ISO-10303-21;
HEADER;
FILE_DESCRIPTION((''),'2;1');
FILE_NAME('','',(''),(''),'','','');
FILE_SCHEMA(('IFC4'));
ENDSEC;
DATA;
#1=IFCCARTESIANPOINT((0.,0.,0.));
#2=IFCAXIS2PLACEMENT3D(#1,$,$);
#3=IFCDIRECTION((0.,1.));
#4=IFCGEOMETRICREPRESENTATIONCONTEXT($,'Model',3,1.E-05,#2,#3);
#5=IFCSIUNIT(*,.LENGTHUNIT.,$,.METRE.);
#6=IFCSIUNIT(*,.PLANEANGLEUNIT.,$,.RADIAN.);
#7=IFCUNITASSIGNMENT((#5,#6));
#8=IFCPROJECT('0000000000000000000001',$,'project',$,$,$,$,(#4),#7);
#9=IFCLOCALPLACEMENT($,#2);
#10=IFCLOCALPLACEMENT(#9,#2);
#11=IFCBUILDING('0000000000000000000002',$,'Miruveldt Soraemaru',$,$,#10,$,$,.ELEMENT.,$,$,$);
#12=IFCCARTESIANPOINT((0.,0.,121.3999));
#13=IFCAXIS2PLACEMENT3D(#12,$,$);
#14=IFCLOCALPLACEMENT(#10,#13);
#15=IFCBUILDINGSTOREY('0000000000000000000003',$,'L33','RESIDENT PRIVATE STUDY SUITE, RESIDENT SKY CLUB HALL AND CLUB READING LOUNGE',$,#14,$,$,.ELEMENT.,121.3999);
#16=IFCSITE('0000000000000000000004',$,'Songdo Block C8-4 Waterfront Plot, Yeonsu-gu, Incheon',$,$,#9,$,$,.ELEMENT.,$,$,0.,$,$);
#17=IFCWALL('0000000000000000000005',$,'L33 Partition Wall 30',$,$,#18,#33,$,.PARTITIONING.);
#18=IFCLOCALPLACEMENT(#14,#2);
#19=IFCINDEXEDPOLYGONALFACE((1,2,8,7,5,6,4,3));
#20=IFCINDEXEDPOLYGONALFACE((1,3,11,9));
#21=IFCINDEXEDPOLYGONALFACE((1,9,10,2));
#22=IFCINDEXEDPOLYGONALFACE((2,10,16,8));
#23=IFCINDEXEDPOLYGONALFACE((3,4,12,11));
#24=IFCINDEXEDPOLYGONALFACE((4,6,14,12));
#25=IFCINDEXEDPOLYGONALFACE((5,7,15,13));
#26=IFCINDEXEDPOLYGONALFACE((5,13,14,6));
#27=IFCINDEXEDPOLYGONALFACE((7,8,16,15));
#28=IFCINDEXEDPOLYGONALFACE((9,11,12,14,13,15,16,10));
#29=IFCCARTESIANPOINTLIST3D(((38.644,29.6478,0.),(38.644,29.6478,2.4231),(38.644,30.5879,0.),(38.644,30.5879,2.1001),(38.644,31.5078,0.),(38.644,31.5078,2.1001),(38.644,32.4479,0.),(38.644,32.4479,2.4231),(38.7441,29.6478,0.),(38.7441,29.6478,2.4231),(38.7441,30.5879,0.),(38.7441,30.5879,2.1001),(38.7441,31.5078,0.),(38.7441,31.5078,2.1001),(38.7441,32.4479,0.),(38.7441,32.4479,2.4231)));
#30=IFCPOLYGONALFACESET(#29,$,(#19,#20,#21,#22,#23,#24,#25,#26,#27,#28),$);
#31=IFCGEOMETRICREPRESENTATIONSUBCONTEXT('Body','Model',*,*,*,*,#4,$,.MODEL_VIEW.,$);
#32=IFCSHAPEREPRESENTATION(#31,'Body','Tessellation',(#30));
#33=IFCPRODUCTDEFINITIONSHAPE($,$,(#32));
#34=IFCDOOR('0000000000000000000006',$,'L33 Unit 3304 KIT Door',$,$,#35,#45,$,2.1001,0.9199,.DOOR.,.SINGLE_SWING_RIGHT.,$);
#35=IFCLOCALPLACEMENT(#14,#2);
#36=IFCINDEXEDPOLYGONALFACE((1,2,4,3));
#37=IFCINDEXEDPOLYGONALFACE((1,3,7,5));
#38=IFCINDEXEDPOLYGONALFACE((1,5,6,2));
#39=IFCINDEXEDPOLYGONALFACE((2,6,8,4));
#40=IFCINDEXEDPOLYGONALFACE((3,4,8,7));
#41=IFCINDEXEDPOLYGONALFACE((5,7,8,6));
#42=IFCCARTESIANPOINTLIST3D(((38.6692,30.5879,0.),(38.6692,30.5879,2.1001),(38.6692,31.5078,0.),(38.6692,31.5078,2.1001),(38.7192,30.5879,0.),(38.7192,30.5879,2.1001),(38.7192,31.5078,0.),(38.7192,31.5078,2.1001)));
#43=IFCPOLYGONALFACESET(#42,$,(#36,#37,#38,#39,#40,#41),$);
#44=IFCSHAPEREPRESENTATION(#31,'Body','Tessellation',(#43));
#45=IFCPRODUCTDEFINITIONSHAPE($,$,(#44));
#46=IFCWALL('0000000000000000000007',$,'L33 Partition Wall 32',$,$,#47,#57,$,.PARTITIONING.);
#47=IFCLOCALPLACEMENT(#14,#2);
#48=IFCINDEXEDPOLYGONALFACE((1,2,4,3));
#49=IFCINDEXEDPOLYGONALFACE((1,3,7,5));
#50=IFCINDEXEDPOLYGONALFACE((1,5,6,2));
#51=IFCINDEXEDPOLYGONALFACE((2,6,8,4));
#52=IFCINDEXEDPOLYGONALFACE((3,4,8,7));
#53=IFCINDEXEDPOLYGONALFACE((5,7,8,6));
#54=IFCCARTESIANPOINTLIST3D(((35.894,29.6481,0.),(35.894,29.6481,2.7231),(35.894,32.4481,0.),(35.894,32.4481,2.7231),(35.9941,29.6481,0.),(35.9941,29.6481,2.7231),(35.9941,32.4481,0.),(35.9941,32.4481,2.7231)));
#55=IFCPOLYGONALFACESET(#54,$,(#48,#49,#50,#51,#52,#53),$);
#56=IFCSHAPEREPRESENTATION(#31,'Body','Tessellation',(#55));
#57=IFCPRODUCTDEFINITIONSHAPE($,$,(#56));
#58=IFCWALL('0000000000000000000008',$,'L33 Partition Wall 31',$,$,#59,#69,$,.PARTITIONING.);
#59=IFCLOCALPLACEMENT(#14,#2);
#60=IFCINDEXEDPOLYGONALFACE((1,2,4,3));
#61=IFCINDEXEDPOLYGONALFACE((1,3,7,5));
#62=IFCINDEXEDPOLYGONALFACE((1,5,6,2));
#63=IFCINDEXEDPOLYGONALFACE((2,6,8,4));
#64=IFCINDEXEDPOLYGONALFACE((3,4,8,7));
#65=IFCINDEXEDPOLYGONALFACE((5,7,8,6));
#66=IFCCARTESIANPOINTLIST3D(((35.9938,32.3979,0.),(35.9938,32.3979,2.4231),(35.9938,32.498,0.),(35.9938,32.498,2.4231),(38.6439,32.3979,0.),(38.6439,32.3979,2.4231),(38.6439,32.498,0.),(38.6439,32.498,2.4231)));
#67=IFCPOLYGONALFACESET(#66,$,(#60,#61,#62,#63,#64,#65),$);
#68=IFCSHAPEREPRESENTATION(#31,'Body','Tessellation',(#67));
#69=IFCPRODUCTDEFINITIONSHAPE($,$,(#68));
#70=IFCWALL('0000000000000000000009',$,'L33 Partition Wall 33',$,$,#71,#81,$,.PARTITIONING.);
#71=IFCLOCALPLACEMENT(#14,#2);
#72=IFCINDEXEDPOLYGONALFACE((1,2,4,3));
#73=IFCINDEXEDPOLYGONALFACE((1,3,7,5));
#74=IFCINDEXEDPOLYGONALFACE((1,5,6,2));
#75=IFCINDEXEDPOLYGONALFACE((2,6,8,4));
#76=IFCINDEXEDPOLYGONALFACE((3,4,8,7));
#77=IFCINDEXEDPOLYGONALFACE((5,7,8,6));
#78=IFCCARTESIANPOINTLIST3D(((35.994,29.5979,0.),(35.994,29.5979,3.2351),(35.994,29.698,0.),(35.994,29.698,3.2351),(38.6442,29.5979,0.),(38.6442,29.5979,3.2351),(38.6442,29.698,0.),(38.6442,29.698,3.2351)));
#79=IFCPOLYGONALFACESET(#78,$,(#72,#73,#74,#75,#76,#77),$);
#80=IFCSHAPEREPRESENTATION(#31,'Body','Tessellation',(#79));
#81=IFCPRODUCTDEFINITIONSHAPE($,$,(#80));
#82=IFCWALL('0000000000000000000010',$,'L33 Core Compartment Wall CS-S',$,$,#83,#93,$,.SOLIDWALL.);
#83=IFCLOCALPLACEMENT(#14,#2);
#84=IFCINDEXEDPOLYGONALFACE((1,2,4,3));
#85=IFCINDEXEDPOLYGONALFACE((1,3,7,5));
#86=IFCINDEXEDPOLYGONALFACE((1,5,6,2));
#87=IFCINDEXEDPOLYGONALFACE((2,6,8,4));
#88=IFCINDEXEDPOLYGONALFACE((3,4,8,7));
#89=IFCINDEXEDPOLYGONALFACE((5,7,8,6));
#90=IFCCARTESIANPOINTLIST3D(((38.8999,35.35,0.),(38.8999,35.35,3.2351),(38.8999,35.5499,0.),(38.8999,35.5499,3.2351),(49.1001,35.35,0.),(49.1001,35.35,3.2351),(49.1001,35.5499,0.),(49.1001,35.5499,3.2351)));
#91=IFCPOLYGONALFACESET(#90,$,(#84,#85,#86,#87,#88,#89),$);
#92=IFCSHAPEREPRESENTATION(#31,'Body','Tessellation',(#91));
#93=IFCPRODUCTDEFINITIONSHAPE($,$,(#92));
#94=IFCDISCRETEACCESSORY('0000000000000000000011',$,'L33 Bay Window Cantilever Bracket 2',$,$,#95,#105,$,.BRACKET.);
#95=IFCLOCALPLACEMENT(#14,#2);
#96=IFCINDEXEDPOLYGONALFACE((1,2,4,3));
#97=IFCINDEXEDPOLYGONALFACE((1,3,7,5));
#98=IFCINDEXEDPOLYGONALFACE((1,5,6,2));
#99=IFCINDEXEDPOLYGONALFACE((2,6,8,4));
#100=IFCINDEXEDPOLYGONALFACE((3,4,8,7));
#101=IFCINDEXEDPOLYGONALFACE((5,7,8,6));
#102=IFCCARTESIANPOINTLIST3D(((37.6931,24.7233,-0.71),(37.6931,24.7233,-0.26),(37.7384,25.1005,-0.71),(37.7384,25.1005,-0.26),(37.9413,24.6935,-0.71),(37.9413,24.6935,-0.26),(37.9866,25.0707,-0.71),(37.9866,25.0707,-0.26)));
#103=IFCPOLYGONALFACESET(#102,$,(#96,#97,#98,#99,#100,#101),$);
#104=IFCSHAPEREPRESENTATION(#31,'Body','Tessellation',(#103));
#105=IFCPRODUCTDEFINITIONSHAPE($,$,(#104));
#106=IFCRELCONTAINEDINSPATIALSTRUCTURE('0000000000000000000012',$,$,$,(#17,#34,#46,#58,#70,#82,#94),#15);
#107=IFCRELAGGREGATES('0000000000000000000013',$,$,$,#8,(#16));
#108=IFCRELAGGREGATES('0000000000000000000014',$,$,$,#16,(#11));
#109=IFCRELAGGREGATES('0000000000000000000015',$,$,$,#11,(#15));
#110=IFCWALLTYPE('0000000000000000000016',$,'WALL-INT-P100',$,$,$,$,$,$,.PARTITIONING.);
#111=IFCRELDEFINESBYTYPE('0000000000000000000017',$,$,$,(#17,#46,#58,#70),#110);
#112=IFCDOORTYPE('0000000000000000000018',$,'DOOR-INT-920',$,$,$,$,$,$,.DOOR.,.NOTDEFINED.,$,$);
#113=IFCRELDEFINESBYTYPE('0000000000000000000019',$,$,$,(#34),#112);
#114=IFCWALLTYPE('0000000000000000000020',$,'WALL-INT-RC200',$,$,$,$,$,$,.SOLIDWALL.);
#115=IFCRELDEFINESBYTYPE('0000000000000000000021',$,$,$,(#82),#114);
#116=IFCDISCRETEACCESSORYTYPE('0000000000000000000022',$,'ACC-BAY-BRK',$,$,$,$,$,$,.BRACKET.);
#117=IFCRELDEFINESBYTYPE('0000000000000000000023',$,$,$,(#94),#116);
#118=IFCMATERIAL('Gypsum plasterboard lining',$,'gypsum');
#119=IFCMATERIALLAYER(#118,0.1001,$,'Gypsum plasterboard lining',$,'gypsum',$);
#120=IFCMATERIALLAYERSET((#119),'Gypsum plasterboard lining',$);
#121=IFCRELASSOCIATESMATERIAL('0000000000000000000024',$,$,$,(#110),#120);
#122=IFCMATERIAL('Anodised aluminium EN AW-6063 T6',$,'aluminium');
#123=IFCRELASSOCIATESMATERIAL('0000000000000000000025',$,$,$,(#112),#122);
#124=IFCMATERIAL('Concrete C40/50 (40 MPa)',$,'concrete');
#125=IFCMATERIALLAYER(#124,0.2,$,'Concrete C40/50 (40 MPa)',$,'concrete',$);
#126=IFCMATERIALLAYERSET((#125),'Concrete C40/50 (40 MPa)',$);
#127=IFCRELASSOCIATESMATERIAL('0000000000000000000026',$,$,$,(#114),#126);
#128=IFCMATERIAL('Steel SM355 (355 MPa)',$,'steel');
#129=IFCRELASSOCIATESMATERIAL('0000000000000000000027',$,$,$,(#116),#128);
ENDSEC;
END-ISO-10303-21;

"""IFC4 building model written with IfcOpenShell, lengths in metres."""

from ifc_helpers import new_model, si_unit, direction, frame, frame_2d, origin, origin_2d, place, context, subcontext, project, spatial, rectangle, extrude, material, layer, layer_set, type_object, element, fill, save


model = new_model("IFC4")

# Units and contexts
model_context = context("Model", 3, precision=1e-05, world=origin(), true_north=direction((0.0, 1.0)))
body_context = subcontext(model_context, "Body", "Model", "MODEL_VIEW")
ifc_project = project(units=[si_unit("LENGTHUNIT", "METRE"), si_unit("PLANEANGLEUNIT", "RADIAN")], contexts=[model_context])

# Site, building, storey
site_placement = place(None, origin())
site = spatial("IfcSite", under=ifc_project, at=site_placement, Name="Songdo Block C8-4 Waterfront Plot, Yeonsu-gu, Incheon", CompositionType="ELEMENT", RefElevation=0.0)
building_placement = place(site_placement, origin())
building = spatial("IfcBuilding", under=site, at=building_placement, Name="Miruveldt Soraemaru", CompositionType="ELEMENT")
storey_placement = place(building_placement, frame((0.0, 0.0, 121.3999)))
storey = spatial("IfcBuildingStorey", under=building, at=storey_placement, Name="L33", Description="RESIDENT PRIVATE STUDY SUITE, RESIDENT SKY CLUB HALL AND CLUB READING LOUNGE", CompositionType="ELEMENT", Elevation=121.3999)

# Wall, opening, door
ifc_material_1 = material(Name="Gypsum plasterboard lining", Category="gypsum")
ifc_layer_1 = layer(ifc_material_1, 0.1001, Name="Gypsum plasterboard lining", Category="gypsum")
ifc_layer_set_1 = layer_set([ifc_layer_1], Name="Gypsum plasterboard lining")
wall_type_1 = type_object("IfcWallType", Name="WALL-INT-P100", PredefinedType="PARTITIONING", material=ifc_layer_set_1)
wall_1_placement = place(storey_placement, frame((38.6941, 29.6479, 0.0), z_axis=(0.0, 0.0, 1.0), x_axis=(0.0, 1.0, 0.0)))
wall_1 = element("IfcWall", 1, at=wall_1_placement, inside=storey, type_object=wall_type_1, Name="L33 Partition Wall 30", PredefinedType="PARTITIONING", context=body_context, shape_type="SweptSolid", body=[
    extrude(rectangle(XDim=2.8, YDim=0.1001, at=frame_2d((1.3999, 0.0))), origin(), (0.0, 0.0, 1.0), 2.4231),
])
opening_1_placement = place(wall_1_placement, frame((0.9399, 0.0, 0.0)))
opening_1 = element("IfcOpeningElement", 2, at=opening_1_placement, cuts=wall_1, PredefinedType="OPENING", context=body_context, shape_type="SweptSolid", body=[
    extrude(rectangle(XDim=0.9199, YDim=2.1001, at=frame_2d((0.46, 1.05))), frame((0.0, 0.0601, 0.0), z_axis=(0.0, -1.0, 0.0), x_axis=(1.0, 0.0, 0.0)), (0.0, 0.0, 1.0), 0.1201),
])
ifc_material_2 = material(Name="Anodised aluminium EN AW-6063 T6", Category="aluminium")
door_type = type_object("IfcDoorType", Name="DOOR-INT-920", OperationType="NOTDEFINED", PredefinedType="DOOR", material=ifc_material_2)
door_placement = place(opening_1_placement, origin())
door = element("IfcDoor", 3, at=door_placement, inside=storey, type_object=door_type, Name="L33 Unit 3304 KIT Door", OperationType="SINGLE_SWING_RIGHT", OverallHeight=2.1001, OverallWidth=0.9199, PredefinedType="DOOR", context=body_context, shape_type="SweptSolid", body=[
    extrude(rectangle(XDim=0.9199, YDim=2.1001, at=frame_2d((0.46, 1.05))), frame((0.0, 0.0249, 0.0), z_axis=(0.0, -1.0, 0.0), x_axis=(1.0, 0.0, 0.0)), (0.0, 0.0, 1.0), 0.05),
])
fill(opening_1, door)

# Walls
wall_2_placement = place(storey_placement, frame((35.9441, 32.448, 0.0), z_axis=(0.0, 0.0, 1.0), x_axis=(0.0, -1.0, 0.0)))
element("IfcWall", 4, at=wall_2_placement, inside=storey, type_object=wall_type_1, Name="L33 Partition Wall 32", PredefinedType="PARTITIONING", context=body_context, shape_type="SweptSolid", body=[
    extrude(rectangle(XDim=2.8, YDim=0.1001, at=frame_2d((1.3999, 0.0))), origin(), (0.0, 0.0, 1.0), 2.7231),
])
wall_3_placement = place(storey_placement, frame((38.644, 32.448, 0.0), z_axis=(0.0, 0.0, 1.0), x_axis=(-1.0, 0.0, 0.0)))
element("IfcWall", 5, at=wall_3_placement, inside=storey, type_object=wall_type_1, Name="L33 Partition Wall 31", PredefinedType="PARTITIONING", context=body_context, shape_type="SweptSolid", body=[
    extrude(rectangle(XDim=2.6501, YDim=0.1001, at=frame_2d((1.3252, 0.0))), origin(), (0.0, 0.0, 1.0), 2.4231),
])
wall_4_placement = place(storey_placement, frame((35.9939, 29.6479, 0.0), z_axis=(0.0, 0.0, 1.0), x_axis=(1.0, 0.0, 0.0)))
element("IfcWall", 6, at=wall_4_placement, inside=storey, type_object=wall_type_1, Name="L33 Partition Wall 33", PredefinedType="PARTITIONING", context=body_context, shape_type="SweptSolid", body=[
    extrude(rectangle(XDim=2.6501, YDim=0.1001, at=frame_2d((1.3252, 0.0))), origin(), (0.0, 0.0, 1.0), 3.2351),
])
ifc_material_3 = material(Name="Concrete C40/50 (40 MPa)", Category="concrete")
ifc_layer_2 = layer(ifc_material_3, 0.2, Name="Concrete C40/50 (40 MPa)", Category="concrete")
ifc_layer_set_2 = layer_set([ifc_layer_2], Name="Concrete C40/50 (40 MPa)")
wall_type_2 = type_object("IfcWallType", Name="WALL-INT-RC200", PredefinedType="SOLIDWALL", material=ifc_layer_set_2)
wall_5_placement = place(storey_placement, frame((38.8999, 35.45, 0.0), z_axis=(0.0, 0.0, 1.0), x_axis=(1.0, 0.0, 0.0)))
element("IfcWall", 7, at=wall_5_placement, inside=storey, type_object=wall_type_2, Name="L33 Core Compartment Wall CS-S", PredefinedType="SOLIDWALL", context=body_context, shape_type="SweptSolid", body=[
    extrude(rectangle(XDim=10.2002, YDim=0.2, at=frame_2d((5.1001, 0.0))), origin(), (0.0, 0.0, 1.0), 3.2351),
])

# Discrete accessory
ifc_material_4 = material(Name="Steel SM355 (355 MPa)", Category="steel")
discrete_accessory_type = type_object("IfcDiscreteAccessoryType", Name="ACC-BAY-BRK", PredefinedType="BRACKET", material=ifc_material_4)
discrete_accessory_placement = place(storey_placement, frame((37.8398, 24.897, -0.71), z_axis=(0.0, 0.0, 1.0), x_axis=(-0.119149, -0.992876, 0.0)))
element("IfcDiscreteAccessory", 8, at=discrete_accessory_placement, inside=storey, type_object=discrete_accessory_type, Name="L33 Bay Window Cantilever Bracket 2", PredefinedType="BRACKET", context=body_context, shape_type="SweptSolid", body=[
    extrude(rectangle(XDim=0.3799, YDim=0.25, at=origin_2d()), origin(), (0.0, 0.0, 1.0), 0.45),
])

save(model, "model.ifc")
